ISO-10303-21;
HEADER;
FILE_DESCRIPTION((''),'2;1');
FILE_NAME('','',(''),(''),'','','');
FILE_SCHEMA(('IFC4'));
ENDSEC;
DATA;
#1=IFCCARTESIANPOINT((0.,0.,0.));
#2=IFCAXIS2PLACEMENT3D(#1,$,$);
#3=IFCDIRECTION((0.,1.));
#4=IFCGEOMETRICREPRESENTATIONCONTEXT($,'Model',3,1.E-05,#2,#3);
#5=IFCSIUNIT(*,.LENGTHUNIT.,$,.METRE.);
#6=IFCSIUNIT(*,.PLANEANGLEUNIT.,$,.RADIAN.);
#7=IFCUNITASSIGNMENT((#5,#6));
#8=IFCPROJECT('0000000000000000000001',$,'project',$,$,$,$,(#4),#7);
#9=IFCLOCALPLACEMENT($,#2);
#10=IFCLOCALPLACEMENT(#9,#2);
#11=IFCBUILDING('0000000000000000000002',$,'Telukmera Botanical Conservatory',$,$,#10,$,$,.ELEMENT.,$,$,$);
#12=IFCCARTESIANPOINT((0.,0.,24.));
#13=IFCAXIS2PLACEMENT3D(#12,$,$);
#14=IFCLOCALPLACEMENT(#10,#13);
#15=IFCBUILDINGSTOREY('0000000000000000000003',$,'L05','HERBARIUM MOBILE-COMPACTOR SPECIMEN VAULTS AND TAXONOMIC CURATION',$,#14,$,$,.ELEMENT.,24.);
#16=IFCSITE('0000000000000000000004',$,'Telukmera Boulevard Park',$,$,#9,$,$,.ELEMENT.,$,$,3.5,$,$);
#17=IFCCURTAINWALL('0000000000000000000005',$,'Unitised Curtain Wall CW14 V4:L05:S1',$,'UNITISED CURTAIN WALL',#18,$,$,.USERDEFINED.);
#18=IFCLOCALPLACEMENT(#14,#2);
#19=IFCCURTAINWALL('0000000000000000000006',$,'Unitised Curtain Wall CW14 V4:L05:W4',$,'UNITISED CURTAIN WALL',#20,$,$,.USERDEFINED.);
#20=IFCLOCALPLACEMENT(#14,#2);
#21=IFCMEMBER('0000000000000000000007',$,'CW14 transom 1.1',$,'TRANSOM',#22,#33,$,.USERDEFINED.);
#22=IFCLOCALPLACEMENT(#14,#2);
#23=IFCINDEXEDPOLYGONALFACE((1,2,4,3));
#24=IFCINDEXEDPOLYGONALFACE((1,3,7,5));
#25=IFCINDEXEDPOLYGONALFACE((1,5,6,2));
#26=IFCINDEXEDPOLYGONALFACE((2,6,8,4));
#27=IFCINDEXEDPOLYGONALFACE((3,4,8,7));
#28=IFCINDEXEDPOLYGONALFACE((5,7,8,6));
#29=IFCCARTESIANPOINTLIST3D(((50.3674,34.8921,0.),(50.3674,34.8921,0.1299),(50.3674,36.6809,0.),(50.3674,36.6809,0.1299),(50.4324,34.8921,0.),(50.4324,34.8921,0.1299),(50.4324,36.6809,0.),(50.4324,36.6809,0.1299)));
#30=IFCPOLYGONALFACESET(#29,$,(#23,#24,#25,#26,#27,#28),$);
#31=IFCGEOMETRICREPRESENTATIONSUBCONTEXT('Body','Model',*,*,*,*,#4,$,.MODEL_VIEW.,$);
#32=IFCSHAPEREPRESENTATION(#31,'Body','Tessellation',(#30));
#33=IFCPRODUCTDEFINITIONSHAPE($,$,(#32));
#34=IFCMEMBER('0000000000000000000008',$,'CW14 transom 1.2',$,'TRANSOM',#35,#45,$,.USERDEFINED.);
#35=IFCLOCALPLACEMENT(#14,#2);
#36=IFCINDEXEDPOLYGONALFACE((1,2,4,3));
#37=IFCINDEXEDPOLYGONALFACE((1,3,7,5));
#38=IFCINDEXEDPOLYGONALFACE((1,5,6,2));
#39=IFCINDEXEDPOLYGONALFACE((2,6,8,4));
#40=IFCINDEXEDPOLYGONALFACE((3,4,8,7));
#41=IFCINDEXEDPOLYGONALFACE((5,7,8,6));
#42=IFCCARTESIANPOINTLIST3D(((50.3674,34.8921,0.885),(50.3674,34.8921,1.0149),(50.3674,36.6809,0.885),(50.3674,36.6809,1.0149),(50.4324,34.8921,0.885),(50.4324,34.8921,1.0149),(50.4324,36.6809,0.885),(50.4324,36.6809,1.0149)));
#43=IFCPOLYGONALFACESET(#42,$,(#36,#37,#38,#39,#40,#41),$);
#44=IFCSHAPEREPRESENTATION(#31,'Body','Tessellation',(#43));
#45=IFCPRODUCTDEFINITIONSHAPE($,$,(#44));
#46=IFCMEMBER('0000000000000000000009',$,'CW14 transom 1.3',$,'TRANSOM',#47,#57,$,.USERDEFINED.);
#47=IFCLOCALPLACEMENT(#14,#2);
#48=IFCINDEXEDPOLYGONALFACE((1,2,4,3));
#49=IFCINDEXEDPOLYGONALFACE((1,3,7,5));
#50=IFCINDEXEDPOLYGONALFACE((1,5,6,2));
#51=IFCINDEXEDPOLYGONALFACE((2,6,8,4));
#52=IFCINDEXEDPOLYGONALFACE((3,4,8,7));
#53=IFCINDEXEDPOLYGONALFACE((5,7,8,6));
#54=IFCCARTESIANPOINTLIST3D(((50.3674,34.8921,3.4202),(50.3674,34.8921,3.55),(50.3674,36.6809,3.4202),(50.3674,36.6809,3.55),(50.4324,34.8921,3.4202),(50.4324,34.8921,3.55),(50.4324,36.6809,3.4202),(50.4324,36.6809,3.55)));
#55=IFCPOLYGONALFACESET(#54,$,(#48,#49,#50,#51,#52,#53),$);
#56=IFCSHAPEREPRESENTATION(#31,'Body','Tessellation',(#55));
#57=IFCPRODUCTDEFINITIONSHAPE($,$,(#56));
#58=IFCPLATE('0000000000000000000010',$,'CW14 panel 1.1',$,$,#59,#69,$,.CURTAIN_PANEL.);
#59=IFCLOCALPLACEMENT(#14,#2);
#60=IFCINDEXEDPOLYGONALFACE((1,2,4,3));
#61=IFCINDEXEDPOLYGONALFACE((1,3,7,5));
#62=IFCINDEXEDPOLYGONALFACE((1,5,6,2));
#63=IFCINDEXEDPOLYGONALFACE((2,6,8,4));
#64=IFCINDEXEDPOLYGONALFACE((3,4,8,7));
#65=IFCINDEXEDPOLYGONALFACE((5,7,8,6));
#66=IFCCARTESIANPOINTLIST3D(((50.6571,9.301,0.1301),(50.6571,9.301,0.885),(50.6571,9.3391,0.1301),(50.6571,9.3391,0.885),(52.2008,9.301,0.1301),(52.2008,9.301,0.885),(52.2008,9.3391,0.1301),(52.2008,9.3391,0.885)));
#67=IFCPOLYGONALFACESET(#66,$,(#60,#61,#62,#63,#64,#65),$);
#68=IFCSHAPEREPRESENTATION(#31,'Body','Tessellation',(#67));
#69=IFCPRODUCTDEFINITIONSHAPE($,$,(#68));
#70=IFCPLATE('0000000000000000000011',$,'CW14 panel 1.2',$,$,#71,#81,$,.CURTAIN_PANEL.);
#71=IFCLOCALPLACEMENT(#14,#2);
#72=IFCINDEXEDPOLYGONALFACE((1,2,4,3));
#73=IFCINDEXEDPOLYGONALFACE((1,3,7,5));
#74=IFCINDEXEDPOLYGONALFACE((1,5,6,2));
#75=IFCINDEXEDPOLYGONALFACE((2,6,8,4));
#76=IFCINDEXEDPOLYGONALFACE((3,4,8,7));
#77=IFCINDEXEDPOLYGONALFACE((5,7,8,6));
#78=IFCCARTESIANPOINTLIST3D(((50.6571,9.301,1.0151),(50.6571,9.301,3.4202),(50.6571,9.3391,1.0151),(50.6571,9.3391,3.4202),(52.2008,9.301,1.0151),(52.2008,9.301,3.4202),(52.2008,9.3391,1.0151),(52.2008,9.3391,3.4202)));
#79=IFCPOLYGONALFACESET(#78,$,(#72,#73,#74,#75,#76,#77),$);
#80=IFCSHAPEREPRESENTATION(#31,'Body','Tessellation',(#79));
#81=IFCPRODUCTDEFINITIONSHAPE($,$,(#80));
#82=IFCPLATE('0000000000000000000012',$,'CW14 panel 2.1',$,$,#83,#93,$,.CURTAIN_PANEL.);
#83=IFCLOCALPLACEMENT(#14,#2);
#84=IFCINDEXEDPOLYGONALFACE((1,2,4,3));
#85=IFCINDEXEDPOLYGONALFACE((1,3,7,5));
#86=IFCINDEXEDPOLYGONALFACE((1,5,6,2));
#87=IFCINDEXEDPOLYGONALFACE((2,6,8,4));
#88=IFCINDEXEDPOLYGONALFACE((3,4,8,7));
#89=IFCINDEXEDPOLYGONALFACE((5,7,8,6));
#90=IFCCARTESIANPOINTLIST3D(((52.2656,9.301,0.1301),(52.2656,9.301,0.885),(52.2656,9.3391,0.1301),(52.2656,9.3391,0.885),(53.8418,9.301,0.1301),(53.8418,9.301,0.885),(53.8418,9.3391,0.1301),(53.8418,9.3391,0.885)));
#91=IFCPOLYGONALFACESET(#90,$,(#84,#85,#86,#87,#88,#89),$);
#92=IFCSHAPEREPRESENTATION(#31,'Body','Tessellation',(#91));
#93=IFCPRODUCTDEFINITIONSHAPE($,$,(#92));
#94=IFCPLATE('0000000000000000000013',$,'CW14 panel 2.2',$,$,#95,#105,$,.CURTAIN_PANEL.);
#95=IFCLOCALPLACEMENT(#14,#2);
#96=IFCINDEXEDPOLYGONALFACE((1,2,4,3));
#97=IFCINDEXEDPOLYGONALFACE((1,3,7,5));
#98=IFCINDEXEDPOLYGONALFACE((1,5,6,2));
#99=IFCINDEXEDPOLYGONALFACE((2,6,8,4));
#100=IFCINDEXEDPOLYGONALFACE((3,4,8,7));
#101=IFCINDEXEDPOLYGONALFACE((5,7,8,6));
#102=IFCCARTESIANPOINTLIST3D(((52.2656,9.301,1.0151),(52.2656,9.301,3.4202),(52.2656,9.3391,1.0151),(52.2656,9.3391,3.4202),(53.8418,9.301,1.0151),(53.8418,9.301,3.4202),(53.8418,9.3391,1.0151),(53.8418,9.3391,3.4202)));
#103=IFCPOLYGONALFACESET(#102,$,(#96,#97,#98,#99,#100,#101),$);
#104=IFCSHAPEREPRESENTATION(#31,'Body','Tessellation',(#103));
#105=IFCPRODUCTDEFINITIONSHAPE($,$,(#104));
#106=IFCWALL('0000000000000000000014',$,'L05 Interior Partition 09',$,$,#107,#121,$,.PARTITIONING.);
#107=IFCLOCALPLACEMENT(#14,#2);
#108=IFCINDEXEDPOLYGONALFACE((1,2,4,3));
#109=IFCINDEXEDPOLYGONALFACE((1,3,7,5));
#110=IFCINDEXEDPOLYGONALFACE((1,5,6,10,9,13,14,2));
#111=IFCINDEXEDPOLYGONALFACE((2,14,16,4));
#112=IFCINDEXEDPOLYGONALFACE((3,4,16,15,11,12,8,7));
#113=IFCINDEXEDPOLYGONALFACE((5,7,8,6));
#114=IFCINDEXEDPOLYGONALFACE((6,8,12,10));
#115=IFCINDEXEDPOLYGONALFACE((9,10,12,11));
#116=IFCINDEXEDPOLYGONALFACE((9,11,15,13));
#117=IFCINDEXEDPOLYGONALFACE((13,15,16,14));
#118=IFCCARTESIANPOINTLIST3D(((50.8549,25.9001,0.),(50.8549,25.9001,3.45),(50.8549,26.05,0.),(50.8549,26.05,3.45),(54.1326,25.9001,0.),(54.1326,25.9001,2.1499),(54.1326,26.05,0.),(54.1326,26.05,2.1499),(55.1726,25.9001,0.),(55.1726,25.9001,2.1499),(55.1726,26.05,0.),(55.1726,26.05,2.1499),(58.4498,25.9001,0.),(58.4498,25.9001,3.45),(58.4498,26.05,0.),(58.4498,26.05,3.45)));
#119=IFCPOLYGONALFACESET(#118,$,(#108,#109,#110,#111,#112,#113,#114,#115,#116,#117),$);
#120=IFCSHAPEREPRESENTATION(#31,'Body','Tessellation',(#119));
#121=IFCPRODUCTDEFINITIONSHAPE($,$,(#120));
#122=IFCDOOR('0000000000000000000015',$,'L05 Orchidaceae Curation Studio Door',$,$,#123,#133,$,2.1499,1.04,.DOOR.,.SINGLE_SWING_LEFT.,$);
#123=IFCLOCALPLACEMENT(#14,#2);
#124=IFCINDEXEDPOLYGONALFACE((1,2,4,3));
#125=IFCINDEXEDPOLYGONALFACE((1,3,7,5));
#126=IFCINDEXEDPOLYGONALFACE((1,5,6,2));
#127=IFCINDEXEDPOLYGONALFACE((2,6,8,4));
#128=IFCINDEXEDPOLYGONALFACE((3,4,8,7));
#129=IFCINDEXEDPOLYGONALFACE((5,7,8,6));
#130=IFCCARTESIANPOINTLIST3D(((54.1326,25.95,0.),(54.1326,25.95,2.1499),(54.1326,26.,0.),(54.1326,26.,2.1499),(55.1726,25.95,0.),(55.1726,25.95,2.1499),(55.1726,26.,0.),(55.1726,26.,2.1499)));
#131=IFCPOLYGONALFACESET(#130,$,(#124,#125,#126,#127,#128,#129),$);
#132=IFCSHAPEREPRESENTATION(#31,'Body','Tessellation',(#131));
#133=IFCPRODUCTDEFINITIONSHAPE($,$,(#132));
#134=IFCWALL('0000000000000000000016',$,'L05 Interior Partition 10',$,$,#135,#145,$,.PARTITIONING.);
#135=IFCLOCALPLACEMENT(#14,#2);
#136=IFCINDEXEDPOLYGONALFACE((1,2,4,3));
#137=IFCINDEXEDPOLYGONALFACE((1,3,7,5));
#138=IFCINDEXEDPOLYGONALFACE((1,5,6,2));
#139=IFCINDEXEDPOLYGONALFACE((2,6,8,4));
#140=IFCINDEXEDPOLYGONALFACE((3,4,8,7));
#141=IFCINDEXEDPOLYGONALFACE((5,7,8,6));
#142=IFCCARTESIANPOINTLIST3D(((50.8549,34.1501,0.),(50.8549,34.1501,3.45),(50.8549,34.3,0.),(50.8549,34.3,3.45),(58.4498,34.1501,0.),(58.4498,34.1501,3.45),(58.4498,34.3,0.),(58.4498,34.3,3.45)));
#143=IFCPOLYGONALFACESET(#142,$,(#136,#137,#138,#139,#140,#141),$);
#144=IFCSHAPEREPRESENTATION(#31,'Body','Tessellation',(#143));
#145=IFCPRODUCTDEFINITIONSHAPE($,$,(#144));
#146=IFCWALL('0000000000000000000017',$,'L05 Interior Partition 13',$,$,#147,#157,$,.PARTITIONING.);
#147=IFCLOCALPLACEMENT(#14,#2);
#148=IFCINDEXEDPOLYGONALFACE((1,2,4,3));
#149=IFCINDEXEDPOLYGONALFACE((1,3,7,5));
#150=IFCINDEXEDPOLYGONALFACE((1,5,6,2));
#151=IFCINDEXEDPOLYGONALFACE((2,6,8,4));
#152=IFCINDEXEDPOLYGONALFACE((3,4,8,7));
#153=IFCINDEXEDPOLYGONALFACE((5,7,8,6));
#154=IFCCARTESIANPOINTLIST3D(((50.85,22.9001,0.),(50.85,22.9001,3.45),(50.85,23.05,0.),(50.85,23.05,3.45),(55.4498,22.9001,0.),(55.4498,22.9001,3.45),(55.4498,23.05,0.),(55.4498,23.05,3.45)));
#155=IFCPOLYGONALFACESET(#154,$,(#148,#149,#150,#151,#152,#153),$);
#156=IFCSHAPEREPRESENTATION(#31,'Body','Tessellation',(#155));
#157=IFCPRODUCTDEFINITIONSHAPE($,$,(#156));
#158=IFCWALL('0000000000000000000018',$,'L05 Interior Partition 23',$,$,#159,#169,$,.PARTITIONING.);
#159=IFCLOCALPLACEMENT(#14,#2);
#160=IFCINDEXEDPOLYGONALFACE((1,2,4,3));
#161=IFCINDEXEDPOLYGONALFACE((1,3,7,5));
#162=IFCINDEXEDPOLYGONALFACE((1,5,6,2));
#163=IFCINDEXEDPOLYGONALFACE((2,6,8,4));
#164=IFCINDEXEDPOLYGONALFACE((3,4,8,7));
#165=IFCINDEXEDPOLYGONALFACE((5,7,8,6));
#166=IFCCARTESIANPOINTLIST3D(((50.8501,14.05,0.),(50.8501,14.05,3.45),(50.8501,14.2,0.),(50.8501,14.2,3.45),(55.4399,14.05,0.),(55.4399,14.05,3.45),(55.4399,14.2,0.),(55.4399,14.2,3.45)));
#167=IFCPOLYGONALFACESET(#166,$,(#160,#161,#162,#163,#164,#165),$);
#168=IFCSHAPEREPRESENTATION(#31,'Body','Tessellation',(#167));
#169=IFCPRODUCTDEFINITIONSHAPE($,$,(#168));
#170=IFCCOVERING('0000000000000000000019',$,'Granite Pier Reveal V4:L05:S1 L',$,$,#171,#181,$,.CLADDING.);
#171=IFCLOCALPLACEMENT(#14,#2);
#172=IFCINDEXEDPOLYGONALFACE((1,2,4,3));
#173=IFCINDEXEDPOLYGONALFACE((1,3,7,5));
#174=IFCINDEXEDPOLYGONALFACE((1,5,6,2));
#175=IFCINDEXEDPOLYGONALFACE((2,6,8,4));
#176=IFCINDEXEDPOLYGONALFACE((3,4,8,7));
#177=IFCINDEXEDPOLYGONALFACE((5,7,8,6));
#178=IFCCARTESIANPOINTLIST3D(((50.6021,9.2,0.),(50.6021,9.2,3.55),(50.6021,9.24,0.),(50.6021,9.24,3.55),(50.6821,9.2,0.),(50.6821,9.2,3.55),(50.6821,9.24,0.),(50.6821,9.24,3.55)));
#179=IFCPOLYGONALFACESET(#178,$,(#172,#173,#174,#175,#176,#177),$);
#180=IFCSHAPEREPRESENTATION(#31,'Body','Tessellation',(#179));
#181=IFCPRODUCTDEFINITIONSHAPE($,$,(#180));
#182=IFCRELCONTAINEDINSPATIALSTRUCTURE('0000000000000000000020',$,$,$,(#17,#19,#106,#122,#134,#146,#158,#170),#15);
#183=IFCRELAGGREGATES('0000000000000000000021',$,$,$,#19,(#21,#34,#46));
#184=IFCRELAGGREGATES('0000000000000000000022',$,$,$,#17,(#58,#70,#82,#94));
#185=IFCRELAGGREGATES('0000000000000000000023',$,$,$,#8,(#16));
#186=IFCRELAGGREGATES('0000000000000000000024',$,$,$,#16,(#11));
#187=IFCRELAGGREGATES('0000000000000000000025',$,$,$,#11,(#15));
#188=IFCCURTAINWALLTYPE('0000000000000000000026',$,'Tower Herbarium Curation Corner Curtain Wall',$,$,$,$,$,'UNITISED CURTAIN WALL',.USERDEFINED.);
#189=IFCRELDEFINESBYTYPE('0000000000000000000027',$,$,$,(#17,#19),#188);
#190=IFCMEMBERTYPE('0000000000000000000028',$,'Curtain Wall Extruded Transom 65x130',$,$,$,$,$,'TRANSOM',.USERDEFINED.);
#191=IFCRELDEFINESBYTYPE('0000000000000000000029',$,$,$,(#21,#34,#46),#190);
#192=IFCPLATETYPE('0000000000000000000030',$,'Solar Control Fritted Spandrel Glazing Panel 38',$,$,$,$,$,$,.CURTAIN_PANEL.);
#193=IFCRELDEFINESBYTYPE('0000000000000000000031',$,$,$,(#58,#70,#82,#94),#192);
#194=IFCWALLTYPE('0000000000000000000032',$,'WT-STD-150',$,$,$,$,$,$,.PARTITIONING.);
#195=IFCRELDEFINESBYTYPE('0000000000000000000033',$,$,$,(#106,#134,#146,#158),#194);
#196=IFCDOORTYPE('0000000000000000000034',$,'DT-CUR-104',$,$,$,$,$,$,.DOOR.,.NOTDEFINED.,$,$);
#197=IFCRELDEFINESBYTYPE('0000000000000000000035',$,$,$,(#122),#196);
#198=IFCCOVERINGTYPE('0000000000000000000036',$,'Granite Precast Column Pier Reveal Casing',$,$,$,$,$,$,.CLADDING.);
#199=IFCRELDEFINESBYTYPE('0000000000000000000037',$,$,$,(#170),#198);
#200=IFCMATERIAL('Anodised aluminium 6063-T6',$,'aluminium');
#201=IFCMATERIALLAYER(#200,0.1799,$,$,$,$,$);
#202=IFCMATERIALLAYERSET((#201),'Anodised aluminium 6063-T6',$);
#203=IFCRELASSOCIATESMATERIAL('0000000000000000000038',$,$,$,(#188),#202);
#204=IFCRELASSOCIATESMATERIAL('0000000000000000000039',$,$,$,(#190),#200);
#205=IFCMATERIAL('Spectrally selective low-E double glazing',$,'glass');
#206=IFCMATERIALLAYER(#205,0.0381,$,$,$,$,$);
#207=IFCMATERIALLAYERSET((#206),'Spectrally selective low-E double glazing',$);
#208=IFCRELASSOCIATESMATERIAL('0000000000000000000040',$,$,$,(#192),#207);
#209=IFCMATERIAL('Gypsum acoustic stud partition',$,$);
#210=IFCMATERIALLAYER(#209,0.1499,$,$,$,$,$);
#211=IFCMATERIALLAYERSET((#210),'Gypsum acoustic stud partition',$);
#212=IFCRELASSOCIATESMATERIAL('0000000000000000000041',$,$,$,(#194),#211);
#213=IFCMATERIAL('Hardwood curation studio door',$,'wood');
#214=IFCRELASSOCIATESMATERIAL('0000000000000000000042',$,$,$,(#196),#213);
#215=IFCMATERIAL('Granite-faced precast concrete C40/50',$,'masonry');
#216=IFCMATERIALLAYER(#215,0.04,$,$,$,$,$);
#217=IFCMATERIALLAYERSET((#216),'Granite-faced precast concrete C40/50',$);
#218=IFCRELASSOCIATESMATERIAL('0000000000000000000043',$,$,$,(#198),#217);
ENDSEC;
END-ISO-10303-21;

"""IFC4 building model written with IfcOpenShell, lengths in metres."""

from ifc_helpers import new_model, si_unit, direction, frame, frame_2d, origin, origin_2d, place, context, subcontext, project, spatial, rectangle, extrude, material, layer, layer_set, material_profile, profile_set, type_object, element, fill, aggregate, save


model = new_model("IFC4")

# Units and contexts
model_context = context("Model", 3, precision=1e-05, world=origin(), true_north=direction((0.0, 1.0)))
body_context = subcontext(model_context, "Body", "Model", "MODEL_VIEW")
ifc_project = project(units=[si_unit("LENGTHUNIT", "METRE"), si_unit("PLANEANGLEUNIT", "RADIAN")], contexts=[model_context])

# Site, building, storey
site_placement = place(None, origin())
site = spatial("IfcSite", under=ifc_project, at=site_placement, Name="Telukmera Boulevard Park", CompositionType="ELEMENT", RefElevation=3.5)
building_placement = place(site_placement, origin())
building = spatial("IfcBuilding", under=site, at=building_placement, Name="Telukmera Botanical Conservatory", CompositionType="ELEMENT")
storey_placement = place(building_placement, frame((0.0, 0.0, 24.0)))
storey = spatial("IfcBuildingStorey", under=building, at=storey_placement, Name="L05", Description="HERBARIUM MOBILE-COMPACTOR SPECIMEN VAULTS AND TAXONOMIC CURATION", CompositionType="ELEMENT", Elevation=24.0)

# Curtain wall
ifc_material_1 = material(Name="Anodised aluminium 6063-T6", Category="aluminium")
ifc_layer_1 = layer(ifc_material_1, 0.1799)
ifc_layer_set_1 = layer_set([ifc_layer_1], Name="Anodised aluminium 6063-T6")
curtain_wall_type = type_object("IfcCurtainWallType", Name="Tower Herbarium Curation Corner Curtain Wall", ElementType="UNITISED CURTAIN WALL", PredefinedType="USERDEFINED", material=ifc_layer_set_1)
curtain_wall_1_placement = place(storey_placement, origin())
curtain_wall_1 = element("IfcCurtainWall", 1, at=curtain_wall_1_placement, inside=storey, type_object=curtain_wall_type, Name="Unitised Curtain Wall CW14 V4:L05:S1", ObjectType="UNITISED CURTAIN WALL", PredefinedType="USERDEFINED")

# Curtain wall
curtain_wall_2_placement = place(storey_placement, origin())
curtain_wall_2 = element("IfcCurtainWall", 2, at=curtain_wall_2_placement, inside=storey, type_object=curtain_wall_type, Name="Unitised Curtain Wall CW14 V4:L05:W4", ObjectType="UNITISED CURTAIN WALL", PredefinedType="USERDEFINED")

# Members
ifc_material_profile_1 = material_profile(ifc_material_1, rectangle(XDim=0.0649, YDim=0.1299, at=origin_2d()), Name="ALU TRAN 65x130")
ifc_profile_set_1 = profile_set([ifc_material_profile_1], Name="Anodised aluminium 6063-T6")
member_type_1 = type_object("IfcMemberType", Name="Curtain Wall Extruded Transom 65x130", ElementType="TRANSOM", PredefinedType="USERDEFINED", material=ifc_profile_set_1)
member_1_placement = place(storey_placement, frame((50.3999, 34.8921, 0.0649), z_axis=(0.0, 1.0, 0.0), x_axis=(-1.0, 0.0, 0.0)))
member_1 = element("IfcMember", 3, at=member_1_placement, type_object=member_type_1, Name="CW14 transom 1.1", ObjectType="TRANSOM", PredefinedType="USERDEFINED", context=body_context, shape_type="SweptSolid", body=[
    extrude(rectangle(XDim=0.0649, YDim=0.1299, at=origin_2d()), origin(), (0.0, 0.0, 1.0), 1.7888),
])
member_2_placement = place(storey_placement, frame((50.3999, 34.8921, 0.95), z_axis=(0.0, 1.0, 0.0), x_axis=(-1.0, 0.0, 0.0)))
member_2 = element("IfcMember", 4, at=member_2_placement, type_object=member_type_1, Name="CW14 transom 1.2", ObjectType="TRANSOM", PredefinedType="USERDEFINED", context=body_context, shape_type="SweptSolid", body=[
    extrude(rectangle(XDim=0.0649, YDim=0.1299, at=origin_2d()), origin(), (0.0, 0.0, 1.0), 1.7888),
])
member_3_placement = place(storey_placement, frame((50.3999, 34.8921, 3.4851), z_axis=(0.0, 1.0, 0.0), x_axis=(-1.0, 0.0, 0.0)))
member_3 = element("IfcMember", 5, at=member_3_placement, type_object=member_type_1, Name="CW14 transom 1.3", ObjectType="TRANSOM", PredefinedType="USERDEFINED", context=body_context, shape_type="SweptSolid", body=[
    extrude(rectangle(XDim=0.0649, YDim=0.1299, at=origin_2d()), origin(), (0.0, 0.0, 1.0), 1.7888),
])
aggregate(curtain_wall_2, [member_1, member_2, member_3])

# Plates
ifc_material_2 = material(Name="Spectrally selective low-E double glazing", Category="glass")
ifc_layer_2 = layer(ifc_material_2, 0.0381)
ifc_layer_set_2 = layer_set([ifc_layer_2], Name="Spectrally selective low-E double glazing")
plate_type = type_object("IfcPlateType", Name="Solar Control Fritted Spandrel Glazing Panel 38", PredefinedType="CURTAIN_PANEL", material=ifc_layer_set_2)
plate_1_placement = place(storey_placement, frame((51.429, 9.3201, 0.1301), z_axis=(0.0, 0.0, 1.0), x_axis=(1.0, 0.0, 0.0)))
plate_1 = element("IfcPlate", 6, at=plate_1_placement, type_object=plate_type, Name="CW14 panel 1.1", PredefinedType="CURTAIN_PANEL", context=body_context, shape_type="SweptSolid", body=[
    extrude(rectangle(XDim=1.5437, YDim=0.0381, at=origin_2d()), origin(), (0.0, 0.0, 1.0), 0.7549),
])
plate_2_placement = place(storey_placement, frame((51.429, 9.3201, 1.0151), z_axis=(0.0, 0.0, 1.0), x_axis=(1.0, 0.0, 0.0)))
plate_2 = element("IfcPlate", 7, at=plate_2_placement, type_object=plate_type, Name="CW14 panel 1.2", PredefinedType="CURTAIN_PANEL", context=body_context, shape_type="SweptSolid", body=[
    extrude(rectangle(XDim=1.5437, YDim=0.0381, at=origin_2d()), origin(), (0.0, 0.0, 1.0), 2.405),
])
plate_3_placement = place(storey_placement, frame((53.0537, 9.3201, 0.1301), z_axis=(0.0, 0.0, 1.0), x_axis=(1.0, 0.0, 0.0)))
plate_3 = element("IfcPlate", 8, at=plate_3_placement, type_object=plate_type, Name="CW14 panel 2.1", PredefinedType="CURTAIN_PANEL", context=body_context, shape_type="SweptSolid", body=[
    extrude(rectangle(XDim=1.5762, YDim=0.0381, at=origin_2d()), origin(), (0.0, 0.0, 1.0), 0.7549),
])
plate_4_placement = place(storey_placement, frame((53.0537, 9.3201, 1.0151), z_axis=(0.0, 0.0, 1.0), x_axis=(1.0, 0.0, 0.0)))
plate_4 = element("IfcPlate", 9, at=plate_4_placement, type_object=plate_type, Name="CW14 panel 2.2", PredefinedType="CURTAIN_PANEL", context=body_context, shape_type="SweptSolid", body=[
    extrude(rectangle(XDim=1.5762, YDim=0.0381, at=origin_2d()), origin(), (0.0, 0.0, 1.0), 2.405),
])
aggregate(curtain_wall_1, [plate_1, plate_2, plate_3, plate_4])

# Wall, opening, door
ifc_material_3 = material(Name="Gypsum acoustic stud partition")
ifc_layer_3 = layer(ifc_material_3, 0.1499)
ifc_layer_set_3 = layer_set([ifc_layer_3], Name="Gypsum acoustic stud partition")
wall_type = type_object("IfcWallType", Name="WT-STD-150", PredefinedType="PARTITIONING", material=ifc_layer_set_3)
wall_1_placement = place(storey_placement, frame((50.855, 25.9751, 0.0), z_axis=(0.0, 0.0, 1.0), x_axis=(1.0, 0.0, 0.0)))
wall_1 = element("IfcWall", 10, at=wall_1_placement, inside=storey, type_object=wall_type, Name="L05 Interior Partition 09", PredefinedType="PARTITIONING", context=body_context, shape_type="SweptSolid", body=[
    extrude(rectangle(XDim=7.595, YDim=0.1499, at=frame_2d((3.7974, 0.0))), origin(), (0.0, 0.0, 1.0), 3.45),
])
opening_placement = place(wall_1_placement, frame((3.2776, 0.0, 0.0)))
opening = element("IfcOpeningElement", 11, at=opening_placement, cuts=wall_1, PredefinedType="OPENING", context=body_context, shape_type="SweptSolid", body=[
    extrude(rectangle(XDim=1.04, YDim=2.1499, at=frame_2d((0.52, 1.075))), frame((0.0, 0.085, 0.0), z_axis=(0.0, -1.0, 0.0), x_axis=(1.0, 0.0, 0.0)), (0.0, 0.0, 1.0), 0.1699),
])
ifc_material_4 = material(Name="Hardwood curation studio door", Category="wood")
door_type = type_object("IfcDoorType", Name="DT-CUR-104", OperationType="NOTDEFINED", PredefinedType="DOOR", material=ifc_material_4)
door_placement = place(opening_placement, origin())
door = element("IfcDoor", 12, at=door_placement, inside=storey, type_object=door_type, Name="L05 Orchidaceae Curation Studio Door", OperationType="SINGLE_SWING_LEFT", OverallHeight=2.1499, OverallWidth=1.04, PredefinedType="DOOR", context=body_context, shape_type="SweptSolid", body=[
    extrude(rectangle(XDim=1.04, YDim=2.1499, at=frame_2d((0.52, 1.075))), frame((0.0, 0.0249, 0.0), z_axis=(0.0, -1.0, 0.0), x_axis=(1.0, 0.0, 0.0)), (0.0, 0.0, 1.0), 0.05),
])
fill(opening, door)

# Walls
wall_2_placement = place(storey_placement, frame((50.855, 34.2251, 0.0), z_axis=(0.0, 0.0, 1.0), x_axis=(1.0, 0.0, 0.0)))
element("IfcWall", 13, at=wall_2_placement, inside=storey, type_object=wall_type, Name="L05 Interior Partition 10", PredefinedType="PARTITIONING", context=body_context, shape_type="SweptSolid", body=[
    extrude(rectangle(XDim=7.595, YDim=0.1499, at=frame_2d((3.7974, 0.0))), origin(), (0.0, 0.0, 1.0), 3.45),
])
wall_3_placement = place(storey_placement, frame((50.8501, 22.9751, 0.0), z_axis=(0.0, 0.0, 1.0), x_axis=(1.0, 0.0, 0.0)))
element("IfcWall", 14, at=wall_3_placement, inside=storey, type_object=wall_type, Name="L05 Interior Partition 13", PredefinedType="PARTITIONING", context=body_context, shape_type="SweptSolid", body=[
    extrude(rectangle(XDim=4.5999, YDim=0.1499, at=frame_2d((2.2998, 0.0))), origin(), (0.0, 0.0, 1.0), 3.45),
])
wall_4_placement = place(storey_placement, frame((50.8501, 14.125, 0.0), z_axis=(0.0, 0.0, 1.0), x_axis=(1.0, 0.0, 0.0)))
element("IfcWall", 15, at=wall_4_placement, inside=storey, type_object=wall_type, Name="L05 Interior Partition 23", PredefinedType="PARTITIONING", context=body_context, shape_type="SweptSolid", body=[
    extrude(rectangle(XDim=4.5898, YDim=0.1499, at=frame_2d((2.2949, 0.0))), origin(), (0.0, 0.0, 1.0), 3.45),
])

# Covering
ifc_material_5 = material(Name="Granite-faced precast concrete C40/50", Category="masonry")
ifc_layer_4 = layer(ifc_material_5, 0.04)
ifc_layer_set_4 = layer_set([ifc_layer_4], Name="Granite-faced precast concrete C40/50")
covering_type = type_object("IfcCoveringType", Name="Granite Precast Column Pier Reveal Casing", PredefinedType="CLADDING", material=ifc_layer_set_4)
covering_placement = place(storey_placement, frame((50.6421, 9.22, 0.0), z_axis=(0.0, 0.0, 1.0), x_axis=(1.0, 0.0, 0.0)))
element("IfcCovering", 16, at=covering_placement, inside=storey, type_object=covering_type, Name="Granite Pier Reveal V4:L05:S1 L", PredefinedType="CLADDING", context=body_context, shape_type="SweptSolid", body=[
    extrude(rectangle(XDim=0.0801, YDim=0.04, at=origin_2d()), origin(), (0.0, 0.0, 1.0), 3.55),
])

save(model, "model.ifc")
